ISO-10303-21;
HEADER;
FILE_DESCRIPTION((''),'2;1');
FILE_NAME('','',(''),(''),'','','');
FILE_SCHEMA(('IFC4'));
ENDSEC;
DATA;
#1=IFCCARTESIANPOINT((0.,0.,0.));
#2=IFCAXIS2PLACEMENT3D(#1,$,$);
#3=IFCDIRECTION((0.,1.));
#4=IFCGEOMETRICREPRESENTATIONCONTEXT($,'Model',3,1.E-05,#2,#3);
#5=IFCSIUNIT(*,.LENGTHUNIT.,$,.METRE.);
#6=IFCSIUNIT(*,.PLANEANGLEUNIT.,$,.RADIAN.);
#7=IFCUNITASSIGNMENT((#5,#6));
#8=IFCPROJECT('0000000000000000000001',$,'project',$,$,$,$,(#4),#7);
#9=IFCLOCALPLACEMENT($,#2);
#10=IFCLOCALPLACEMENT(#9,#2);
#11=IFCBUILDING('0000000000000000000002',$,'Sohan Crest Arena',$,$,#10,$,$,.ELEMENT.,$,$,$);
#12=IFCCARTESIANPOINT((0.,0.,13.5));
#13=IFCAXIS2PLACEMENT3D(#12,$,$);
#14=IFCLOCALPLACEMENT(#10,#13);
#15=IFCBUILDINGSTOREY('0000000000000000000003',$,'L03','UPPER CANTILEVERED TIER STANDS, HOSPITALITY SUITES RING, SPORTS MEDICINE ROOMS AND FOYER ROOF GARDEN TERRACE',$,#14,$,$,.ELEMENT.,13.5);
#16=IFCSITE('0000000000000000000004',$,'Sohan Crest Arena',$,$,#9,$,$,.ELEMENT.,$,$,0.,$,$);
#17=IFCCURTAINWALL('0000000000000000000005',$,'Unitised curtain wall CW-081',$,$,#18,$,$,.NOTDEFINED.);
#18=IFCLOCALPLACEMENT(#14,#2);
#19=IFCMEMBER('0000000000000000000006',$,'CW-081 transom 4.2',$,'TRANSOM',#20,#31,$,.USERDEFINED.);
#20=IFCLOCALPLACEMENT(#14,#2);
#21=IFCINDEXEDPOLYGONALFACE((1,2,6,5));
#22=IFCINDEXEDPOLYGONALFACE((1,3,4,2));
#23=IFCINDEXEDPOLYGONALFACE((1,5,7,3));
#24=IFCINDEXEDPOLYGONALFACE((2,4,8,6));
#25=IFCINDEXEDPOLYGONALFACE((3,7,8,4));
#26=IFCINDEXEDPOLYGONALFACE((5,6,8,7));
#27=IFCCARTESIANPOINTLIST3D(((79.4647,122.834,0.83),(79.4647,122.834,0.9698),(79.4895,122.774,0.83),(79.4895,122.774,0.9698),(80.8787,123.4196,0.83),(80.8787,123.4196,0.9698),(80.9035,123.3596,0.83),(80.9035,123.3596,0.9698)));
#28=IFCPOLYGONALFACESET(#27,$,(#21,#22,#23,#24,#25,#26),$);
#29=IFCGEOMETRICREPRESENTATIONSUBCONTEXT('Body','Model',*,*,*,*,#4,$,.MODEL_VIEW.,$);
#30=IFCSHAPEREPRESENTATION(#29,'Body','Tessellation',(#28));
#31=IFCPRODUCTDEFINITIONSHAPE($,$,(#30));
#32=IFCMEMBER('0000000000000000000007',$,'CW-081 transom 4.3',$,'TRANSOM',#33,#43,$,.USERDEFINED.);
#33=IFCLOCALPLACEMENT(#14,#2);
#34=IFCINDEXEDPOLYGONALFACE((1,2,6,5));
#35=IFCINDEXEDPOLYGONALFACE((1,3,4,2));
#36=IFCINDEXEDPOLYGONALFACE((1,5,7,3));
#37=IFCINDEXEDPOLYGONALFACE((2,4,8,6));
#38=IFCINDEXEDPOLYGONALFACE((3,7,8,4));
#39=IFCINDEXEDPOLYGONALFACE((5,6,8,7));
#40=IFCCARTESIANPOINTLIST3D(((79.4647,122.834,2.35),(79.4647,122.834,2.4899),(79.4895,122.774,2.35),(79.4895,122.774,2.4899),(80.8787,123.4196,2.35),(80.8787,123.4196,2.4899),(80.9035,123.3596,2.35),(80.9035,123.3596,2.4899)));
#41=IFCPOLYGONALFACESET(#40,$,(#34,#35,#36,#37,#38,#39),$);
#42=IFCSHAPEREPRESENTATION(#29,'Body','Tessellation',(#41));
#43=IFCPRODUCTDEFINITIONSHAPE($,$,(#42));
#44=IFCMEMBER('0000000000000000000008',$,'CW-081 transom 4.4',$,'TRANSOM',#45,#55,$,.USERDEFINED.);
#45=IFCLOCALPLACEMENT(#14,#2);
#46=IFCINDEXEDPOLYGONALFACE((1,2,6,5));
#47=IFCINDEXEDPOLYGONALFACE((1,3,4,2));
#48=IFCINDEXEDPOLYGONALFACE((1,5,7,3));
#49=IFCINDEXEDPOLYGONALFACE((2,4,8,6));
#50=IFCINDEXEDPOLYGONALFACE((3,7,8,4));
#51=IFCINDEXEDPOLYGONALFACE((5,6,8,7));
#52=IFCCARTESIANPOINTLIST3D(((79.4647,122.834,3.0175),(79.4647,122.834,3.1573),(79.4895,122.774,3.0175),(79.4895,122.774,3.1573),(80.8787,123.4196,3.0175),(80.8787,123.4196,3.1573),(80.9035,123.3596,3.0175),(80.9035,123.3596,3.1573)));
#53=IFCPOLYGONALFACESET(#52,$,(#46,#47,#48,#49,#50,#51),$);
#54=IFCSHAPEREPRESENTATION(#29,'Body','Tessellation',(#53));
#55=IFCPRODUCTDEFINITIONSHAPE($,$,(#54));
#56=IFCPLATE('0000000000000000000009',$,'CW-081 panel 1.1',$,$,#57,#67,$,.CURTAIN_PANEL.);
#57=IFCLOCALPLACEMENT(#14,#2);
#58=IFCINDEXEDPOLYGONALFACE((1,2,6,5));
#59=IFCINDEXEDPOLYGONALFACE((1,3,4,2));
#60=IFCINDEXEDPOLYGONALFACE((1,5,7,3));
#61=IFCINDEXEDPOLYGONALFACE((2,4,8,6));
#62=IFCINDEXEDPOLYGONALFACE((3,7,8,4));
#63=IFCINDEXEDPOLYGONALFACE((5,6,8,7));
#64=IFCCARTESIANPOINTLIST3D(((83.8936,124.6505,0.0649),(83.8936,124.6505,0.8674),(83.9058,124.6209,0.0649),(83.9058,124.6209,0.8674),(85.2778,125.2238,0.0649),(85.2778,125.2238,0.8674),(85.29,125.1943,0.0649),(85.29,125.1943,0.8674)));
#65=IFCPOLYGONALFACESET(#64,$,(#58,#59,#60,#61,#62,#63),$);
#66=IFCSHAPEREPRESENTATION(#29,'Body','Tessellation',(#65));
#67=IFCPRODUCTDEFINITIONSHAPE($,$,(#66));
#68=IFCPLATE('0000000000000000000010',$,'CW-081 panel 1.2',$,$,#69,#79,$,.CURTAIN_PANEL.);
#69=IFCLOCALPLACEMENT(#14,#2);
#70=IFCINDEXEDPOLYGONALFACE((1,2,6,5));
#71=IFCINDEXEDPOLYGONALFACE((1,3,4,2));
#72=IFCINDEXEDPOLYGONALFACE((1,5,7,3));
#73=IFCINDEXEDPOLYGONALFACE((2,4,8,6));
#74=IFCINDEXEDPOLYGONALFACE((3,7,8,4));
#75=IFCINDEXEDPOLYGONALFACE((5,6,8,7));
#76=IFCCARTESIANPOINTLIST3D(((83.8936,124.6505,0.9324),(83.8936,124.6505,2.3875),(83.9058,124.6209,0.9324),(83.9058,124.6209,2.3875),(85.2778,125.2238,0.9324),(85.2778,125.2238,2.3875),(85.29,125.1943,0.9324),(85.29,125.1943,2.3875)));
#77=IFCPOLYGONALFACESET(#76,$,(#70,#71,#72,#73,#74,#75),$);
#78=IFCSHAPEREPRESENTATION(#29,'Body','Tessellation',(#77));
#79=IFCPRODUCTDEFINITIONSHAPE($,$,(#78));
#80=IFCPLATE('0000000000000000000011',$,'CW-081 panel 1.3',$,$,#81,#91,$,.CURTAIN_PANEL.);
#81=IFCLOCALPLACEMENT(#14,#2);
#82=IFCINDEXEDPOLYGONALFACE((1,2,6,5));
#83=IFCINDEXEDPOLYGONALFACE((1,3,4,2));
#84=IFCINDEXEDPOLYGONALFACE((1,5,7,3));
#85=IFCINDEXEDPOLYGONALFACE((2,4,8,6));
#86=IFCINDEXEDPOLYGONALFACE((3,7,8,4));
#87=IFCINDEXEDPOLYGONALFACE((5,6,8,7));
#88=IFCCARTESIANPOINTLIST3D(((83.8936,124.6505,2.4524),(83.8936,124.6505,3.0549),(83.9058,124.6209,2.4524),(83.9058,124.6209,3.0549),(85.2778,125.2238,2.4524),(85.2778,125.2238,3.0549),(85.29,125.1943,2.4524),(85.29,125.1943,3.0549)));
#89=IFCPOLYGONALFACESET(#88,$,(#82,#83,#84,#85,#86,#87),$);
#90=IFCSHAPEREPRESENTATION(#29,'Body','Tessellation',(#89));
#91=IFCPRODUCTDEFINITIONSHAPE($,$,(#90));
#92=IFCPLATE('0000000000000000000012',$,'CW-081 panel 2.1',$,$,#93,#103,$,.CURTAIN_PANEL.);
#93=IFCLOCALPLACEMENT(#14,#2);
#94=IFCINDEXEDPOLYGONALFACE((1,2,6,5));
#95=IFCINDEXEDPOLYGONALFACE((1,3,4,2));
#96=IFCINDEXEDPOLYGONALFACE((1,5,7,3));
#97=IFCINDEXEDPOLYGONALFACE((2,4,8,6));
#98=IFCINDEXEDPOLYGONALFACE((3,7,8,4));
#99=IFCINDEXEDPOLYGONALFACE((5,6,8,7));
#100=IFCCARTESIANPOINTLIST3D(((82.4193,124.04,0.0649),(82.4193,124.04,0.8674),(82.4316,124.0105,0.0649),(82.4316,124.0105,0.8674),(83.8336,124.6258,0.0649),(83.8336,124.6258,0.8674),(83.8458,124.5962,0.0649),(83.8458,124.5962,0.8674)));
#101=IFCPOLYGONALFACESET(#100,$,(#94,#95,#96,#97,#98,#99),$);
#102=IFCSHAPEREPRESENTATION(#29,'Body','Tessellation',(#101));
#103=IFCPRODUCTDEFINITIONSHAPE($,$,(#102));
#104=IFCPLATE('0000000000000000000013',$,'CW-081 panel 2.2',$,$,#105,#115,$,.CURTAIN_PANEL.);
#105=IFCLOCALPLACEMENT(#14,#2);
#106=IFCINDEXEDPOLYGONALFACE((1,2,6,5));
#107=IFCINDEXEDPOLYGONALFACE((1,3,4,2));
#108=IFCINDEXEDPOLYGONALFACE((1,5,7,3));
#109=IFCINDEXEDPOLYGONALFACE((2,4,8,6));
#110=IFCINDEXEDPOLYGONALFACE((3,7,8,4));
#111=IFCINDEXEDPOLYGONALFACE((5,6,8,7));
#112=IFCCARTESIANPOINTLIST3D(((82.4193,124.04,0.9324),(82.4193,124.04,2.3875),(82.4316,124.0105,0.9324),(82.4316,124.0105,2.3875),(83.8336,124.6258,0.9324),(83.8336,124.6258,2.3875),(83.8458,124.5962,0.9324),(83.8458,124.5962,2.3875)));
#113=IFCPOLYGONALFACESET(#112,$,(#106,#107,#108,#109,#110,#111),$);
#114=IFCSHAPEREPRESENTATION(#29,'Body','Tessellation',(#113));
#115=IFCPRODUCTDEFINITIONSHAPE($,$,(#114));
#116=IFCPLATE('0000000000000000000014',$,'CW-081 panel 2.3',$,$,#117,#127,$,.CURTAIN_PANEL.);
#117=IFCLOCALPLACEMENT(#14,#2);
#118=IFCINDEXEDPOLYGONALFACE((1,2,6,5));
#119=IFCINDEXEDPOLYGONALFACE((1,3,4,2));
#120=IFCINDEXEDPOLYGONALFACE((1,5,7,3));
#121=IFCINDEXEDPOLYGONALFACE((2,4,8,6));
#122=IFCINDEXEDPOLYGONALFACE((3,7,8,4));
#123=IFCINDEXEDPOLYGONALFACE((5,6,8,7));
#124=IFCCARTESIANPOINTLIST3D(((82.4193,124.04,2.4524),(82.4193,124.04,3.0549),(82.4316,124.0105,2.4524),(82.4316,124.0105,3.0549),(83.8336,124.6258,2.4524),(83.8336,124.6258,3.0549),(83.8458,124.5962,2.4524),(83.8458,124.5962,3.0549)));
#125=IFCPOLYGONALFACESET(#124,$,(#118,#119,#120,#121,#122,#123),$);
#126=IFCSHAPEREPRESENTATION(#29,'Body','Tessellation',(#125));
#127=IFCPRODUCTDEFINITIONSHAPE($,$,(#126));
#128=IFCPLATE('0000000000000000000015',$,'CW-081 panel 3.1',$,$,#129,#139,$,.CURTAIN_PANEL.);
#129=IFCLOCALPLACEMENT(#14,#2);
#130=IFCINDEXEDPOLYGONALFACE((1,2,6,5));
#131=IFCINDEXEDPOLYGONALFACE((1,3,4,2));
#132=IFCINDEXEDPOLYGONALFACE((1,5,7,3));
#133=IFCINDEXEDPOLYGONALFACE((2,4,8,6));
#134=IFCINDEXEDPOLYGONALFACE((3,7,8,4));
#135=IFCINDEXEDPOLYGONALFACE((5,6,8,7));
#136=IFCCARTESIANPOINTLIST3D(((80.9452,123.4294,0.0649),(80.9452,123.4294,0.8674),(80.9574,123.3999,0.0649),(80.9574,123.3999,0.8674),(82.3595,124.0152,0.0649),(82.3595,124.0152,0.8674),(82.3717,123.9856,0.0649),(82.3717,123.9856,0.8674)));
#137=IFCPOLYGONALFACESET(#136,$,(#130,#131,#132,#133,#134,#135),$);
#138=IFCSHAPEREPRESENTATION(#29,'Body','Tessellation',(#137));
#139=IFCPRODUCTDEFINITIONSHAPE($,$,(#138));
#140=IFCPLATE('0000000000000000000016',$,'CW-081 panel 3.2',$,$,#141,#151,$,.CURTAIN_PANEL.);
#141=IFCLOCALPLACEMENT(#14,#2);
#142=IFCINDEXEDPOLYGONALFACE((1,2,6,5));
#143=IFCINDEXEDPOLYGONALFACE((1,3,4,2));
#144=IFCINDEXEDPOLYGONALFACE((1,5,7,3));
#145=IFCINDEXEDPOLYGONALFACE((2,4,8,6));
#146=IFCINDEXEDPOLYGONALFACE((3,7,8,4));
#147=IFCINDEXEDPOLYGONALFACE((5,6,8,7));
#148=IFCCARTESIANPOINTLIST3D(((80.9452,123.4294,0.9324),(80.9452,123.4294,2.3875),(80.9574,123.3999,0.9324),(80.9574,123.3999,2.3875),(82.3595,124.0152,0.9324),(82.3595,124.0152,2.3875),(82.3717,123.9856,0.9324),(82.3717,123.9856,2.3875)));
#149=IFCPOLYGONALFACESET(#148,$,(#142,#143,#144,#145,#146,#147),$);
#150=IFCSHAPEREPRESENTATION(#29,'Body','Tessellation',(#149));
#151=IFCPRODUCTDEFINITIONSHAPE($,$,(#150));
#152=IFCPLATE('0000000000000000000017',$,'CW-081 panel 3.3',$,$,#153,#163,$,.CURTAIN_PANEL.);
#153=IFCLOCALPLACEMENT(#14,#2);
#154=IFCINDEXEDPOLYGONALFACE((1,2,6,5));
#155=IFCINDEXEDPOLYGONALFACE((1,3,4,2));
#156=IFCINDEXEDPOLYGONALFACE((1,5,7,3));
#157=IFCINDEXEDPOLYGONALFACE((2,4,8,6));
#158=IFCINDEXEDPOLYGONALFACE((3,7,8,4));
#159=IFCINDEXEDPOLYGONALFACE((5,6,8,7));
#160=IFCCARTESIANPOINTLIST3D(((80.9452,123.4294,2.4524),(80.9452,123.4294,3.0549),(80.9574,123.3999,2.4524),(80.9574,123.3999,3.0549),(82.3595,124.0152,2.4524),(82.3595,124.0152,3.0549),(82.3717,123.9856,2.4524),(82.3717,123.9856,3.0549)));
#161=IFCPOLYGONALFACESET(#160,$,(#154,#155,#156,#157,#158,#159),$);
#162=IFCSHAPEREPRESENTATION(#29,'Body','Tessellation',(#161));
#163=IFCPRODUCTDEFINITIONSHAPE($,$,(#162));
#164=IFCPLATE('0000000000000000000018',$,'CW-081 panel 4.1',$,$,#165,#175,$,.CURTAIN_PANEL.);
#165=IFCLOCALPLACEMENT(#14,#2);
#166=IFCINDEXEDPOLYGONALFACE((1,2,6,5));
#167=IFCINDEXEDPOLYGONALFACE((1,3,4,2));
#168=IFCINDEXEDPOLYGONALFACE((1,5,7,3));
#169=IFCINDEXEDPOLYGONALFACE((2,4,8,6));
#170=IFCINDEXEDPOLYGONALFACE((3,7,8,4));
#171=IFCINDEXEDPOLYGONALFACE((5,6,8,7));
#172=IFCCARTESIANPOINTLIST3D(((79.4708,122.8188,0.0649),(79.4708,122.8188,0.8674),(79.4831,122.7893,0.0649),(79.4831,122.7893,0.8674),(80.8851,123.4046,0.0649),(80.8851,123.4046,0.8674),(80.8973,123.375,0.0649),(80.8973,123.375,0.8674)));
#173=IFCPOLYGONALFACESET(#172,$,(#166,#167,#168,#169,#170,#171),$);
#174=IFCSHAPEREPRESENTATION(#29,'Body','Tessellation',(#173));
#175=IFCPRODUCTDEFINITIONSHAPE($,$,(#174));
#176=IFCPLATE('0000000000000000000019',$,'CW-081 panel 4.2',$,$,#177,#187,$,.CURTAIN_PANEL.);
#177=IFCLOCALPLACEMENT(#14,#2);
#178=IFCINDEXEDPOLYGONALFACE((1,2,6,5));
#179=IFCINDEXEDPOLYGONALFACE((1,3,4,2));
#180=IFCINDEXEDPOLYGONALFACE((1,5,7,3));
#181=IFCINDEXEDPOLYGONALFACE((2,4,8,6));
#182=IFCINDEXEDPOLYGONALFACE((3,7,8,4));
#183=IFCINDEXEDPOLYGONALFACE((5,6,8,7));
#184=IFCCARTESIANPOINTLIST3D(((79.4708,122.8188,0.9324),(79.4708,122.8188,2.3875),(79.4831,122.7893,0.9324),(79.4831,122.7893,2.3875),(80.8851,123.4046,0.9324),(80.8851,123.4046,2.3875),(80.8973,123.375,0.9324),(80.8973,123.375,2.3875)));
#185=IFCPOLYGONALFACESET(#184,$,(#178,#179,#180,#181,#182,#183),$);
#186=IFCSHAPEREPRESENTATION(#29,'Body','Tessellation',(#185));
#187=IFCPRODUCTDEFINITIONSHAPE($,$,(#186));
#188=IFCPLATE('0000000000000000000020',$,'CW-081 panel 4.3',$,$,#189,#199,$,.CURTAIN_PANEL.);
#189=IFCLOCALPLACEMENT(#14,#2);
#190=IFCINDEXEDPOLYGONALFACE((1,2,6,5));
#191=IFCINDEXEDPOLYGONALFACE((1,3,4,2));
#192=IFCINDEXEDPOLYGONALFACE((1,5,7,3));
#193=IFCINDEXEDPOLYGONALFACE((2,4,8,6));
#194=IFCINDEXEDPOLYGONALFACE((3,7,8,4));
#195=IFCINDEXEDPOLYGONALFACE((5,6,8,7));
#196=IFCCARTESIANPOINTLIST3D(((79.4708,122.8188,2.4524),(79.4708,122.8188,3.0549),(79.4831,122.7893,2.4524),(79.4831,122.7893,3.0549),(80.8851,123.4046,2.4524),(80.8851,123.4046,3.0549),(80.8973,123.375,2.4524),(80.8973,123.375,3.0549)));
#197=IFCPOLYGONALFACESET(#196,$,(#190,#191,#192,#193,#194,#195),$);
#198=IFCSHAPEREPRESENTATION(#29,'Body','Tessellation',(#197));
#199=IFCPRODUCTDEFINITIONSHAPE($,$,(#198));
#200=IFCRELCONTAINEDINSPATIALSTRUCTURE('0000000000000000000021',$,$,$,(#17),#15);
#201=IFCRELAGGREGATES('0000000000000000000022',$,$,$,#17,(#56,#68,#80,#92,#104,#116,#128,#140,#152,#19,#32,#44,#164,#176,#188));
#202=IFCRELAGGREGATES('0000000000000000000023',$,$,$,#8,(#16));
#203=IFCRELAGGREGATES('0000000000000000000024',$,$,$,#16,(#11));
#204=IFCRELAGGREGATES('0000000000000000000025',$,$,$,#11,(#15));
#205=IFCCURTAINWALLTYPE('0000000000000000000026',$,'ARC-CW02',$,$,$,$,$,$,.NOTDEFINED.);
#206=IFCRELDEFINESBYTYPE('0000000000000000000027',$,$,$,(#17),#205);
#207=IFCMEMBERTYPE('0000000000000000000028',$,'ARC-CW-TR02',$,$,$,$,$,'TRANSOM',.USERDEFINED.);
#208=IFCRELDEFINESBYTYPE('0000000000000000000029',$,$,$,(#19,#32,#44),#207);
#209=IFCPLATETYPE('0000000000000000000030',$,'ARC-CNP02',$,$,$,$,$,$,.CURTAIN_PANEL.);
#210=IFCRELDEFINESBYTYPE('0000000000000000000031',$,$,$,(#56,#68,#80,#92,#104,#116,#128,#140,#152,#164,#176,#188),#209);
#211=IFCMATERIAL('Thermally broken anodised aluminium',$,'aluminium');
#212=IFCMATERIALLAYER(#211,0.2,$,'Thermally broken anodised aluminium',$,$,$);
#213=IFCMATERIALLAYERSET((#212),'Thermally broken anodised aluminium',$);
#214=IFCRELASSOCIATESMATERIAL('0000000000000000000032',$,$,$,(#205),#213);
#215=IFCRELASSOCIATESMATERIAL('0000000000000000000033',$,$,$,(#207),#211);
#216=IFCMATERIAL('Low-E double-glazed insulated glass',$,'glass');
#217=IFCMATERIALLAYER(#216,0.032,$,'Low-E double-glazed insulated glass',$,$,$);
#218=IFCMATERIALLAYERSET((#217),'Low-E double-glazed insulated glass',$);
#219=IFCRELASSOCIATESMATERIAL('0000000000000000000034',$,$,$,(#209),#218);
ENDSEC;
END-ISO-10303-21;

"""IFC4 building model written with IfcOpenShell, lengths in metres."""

from ifc_helpers import new_model, si_unit, direction, frame, origin, origin_2d, place, context, subcontext, project, spatial, rectangle, extrude, material, layer, layer_set, material_profile, profile_set, type_object, element, aggregate, save


model = new_model("IFC4")

# Units and contexts
model_context = context("Model", 3, precision=1e-05, world=origin(), true_north=direction((0.0, 1.0)))
body_context = subcontext(model_context, "Body", "Model", "MODEL_VIEW")
ifc_project = project(units=[si_unit("LENGTHUNIT", "METRE"), si_unit("PLANEANGLEUNIT", "RADIAN")], contexts=[model_context])

# Site, building, storey
site_placement = place(None, origin())
site = spatial("IfcSite", under=ifc_project, at=site_placement, Name="Sohan Crest Arena", CompositionType="ELEMENT", RefElevation=0.0)
building_placement = place(site_placement, origin())
building = spatial("IfcBuilding", under=site, at=building_placement, Name="Sohan Crest Arena", CompositionType="ELEMENT")
storey_placement = place(building_placement, frame((0.0, 0.0, 13.5)))
storey = spatial("IfcBuildingStorey", under=building, at=storey_placement, Name="L03", Description="UPPER CANTILEVERED TIER STANDS, HOSPITALITY SUITES RING, SPORTS MEDICINE ROOMS AND FOYER ROOF GARDEN TERRACE", CompositionType="ELEMENT", Elevation=13.5)

# Curtain wall, members, plates
ifc_material_1 = material(Name="Thermally broken anodised aluminium", Category="aluminium")
ifc_layer_1 = layer(ifc_material_1, 0.2, Name="Thermally broken anodised aluminium")
ifc_layer_set_1 = layer_set([ifc_layer_1], Name="Thermally broken anodised aluminium")
curtain_wall_type = type_object("IfcCurtainWallType", Name="ARC-CW02", PredefinedType="NOTDEFINED", material=ifc_layer_set_1)
curtain_wall_placement = place(storey_placement, origin())
curtain_wall = element("IfcCurtainWall", 1, at=curtain_wall_placement, inside=storey, type_object=curtain_wall_type, Name="Unitised curtain wall CW-081", PredefinedType="NOTDEFINED")
ifc_material_profile_1 = material_profile(ifc_material_1, rectangle(XDim=0.0649, YDim=0.1399, at=origin_2d()), Name="ALU-TRAN 65x140")
ifc_profile_set_1 = profile_set([ifc_material_profile_1], Name="Thermally broken anodised aluminium")
member_type_1 = type_object("IfcMemberType", Name="ARC-CW-TR02", ElementType="TRANSOM", PredefinedType="USERDEFINED", material=ifc_profile_set_1)
member_1_placement = place(storey_placement, frame((80.8911, 123.3896, 0.8999), z_axis=(-0.923887, -0.382666, 0.0), x_axis=(0.382666, -0.923887, 0.0)))
member_1 = element("IfcMember", 2, at=member_1_placement, type_object=member_type_1, Name="CW-081 transom 4.2", ObjectType="TRANSOM", PredefinedType="USERDEFINED", context=body_context, shape_type="SweptSolid", body=[
    extrude(rectangle(XDim=0.0649, YDim=0.1399, at=origin_2d()), origin(), (0.0, 0.0, 1.0), 1.5305),
])
member_2_placement = place(storey_placement, frame((80.8911, 123.3896, 2.4199), z_axis=(-0.923887, -0.382666, 0.0), x_axis=(0.382666, -0.923887, 0.0)))
member_2 = element("IfcMember", 3, at=member_2_placement, type_object=member_type_1, Name="CW-081 transom 4.3", ObjectType="TRANSOM", PredefinedType="USERDEFINED", context=body_context, shape_type="SweptSolid", body=[
    extrude(rectangle(XDim=0.0649, YDim=0.1399, at=origin_2d()), origin(), (0.0, 0.0, 1.0), 1.5305),
])
member_3_placement = place(storey_placement, frame((80.8911, 123.3896, 3.0874), z_axis=(-0.923887, -0.382666, 0.0), x_axis=(0.382666, -0.923887, 0.0)))
member_3 = element("IfcMember", 4, at=member_3_placement, type_object=member_type_1, Name="CW-081 transom 4.4", ObjectType="TRANSOM", PredefinedType="USERDEFINED", context=body_context, shape_type="SweptSolid", body=[
    extrude(rectangle(XDim=0.0649, YDim=0.1399, at=origin_2d()), origin(), (0.0, 0.0, 1.0), 1.5305),
])
ifc_material_2 = material(Name="Low-E double-glazed insulated glass", Category="glass")
ifc_layer_2 = layer(ifc_material_2, 0.032, Name="Low-E double-glazed insulated glass")
ifc_layer_set_2 = layer_set([ifc_layer_2], Name="Low-E double-glazed insulated glass")
plate_type = type_object("IfcPlateType", Name="ARC-CNP02", PredefinedType="CURTAIN_PANEL", material=ifc_layer_set_2)
plate_1_placement = place(storey_placement, frame((84.5918, 124.9224, 0.0649), z_axis=(0.0, 0.0, 1.0), x_axis=(-0.923886, -0.382668, 0.0)))
plate_1 = element("IfcPlate", 5, at=plate_1_placement, type_object=plate_type, Name="CW-081 panel 1.1", PredefinedType="CURTAIN_PANEL", context=body_context, shape_type="SweptSolid", body=[
    extrude(rectangle(XDim=1.4983, YDim=0.032, at=origin_2d()), origin(), (0.0, 0.0, 1.0), 0.8025),
])
plate_2_placement = place(storey_placement, frame((84.5918, 124.9224, 0.9324), z_axis=(0.0, 0.0, 1.0), x_axis=(-0.923886, -0.382668, 0.0)))
plate_2 = element("IfcPlate", 6, at=plate_2_placement, type_object=plate_type, Name="CW-081 panel 1.2", PredefinedType="CURTAIN_PANEL", context=body_context, shape_type="SweptSolid", body=[
    extrude(rectangle(XDim=1.4983, YDim=0.032, at=origin_2d()), origin(), (0.0, 0.0, 1.0), 1.4551),
])
plate_3_placement = place(storey_placement, frame((84.5918, 124.9224, 2.4524), z_axis=(0.0, 0.0, 1.0), x_axis=(-0.923886, -0.382668, 0.0)))
plate_3 = element("IfcPlate", 7, at=plate_3_placement, type_object=plate_type, Name="CW-081 panel 1.3", PredefinedType="CURTAIN_PANEL", context=body_context, shape_type="SweptSolid", body=[
    extrude(rectangle(XDim=1.4983, YDim=0.032, at=origin_2d()), origin(), (0.0, 0.0, 1.0), 0.6025),
])
plate_4_placement = place(storey_placement, frame((83.1326, 124.3181, 0.0649), z_axis=(0.0, 0.0, 1.0), x_axis=(-0.923886, -0.382668, 0.0)))
plate_4 = element("IfcPlate", 8, at=plate_4_placement, type_object=plate_type, Name="CW-081 panel 2.1", PredefinedType="CURTAIN_PANEL", context=body_context, shape_type="SweptSolid", body=[
    extrude(rectangle(XDim=1.5308, YDim=0.032, at=origin_2d()), origin(), (0.0, 0.0, 1.0), 0.8025),
])
plate_5_placement = place(storey_placement, frame((83.1326, 124.3181, 0.9324), z_axis=(0.0, 0.0, 1.0), x_axis=(-0.923886, -0.382668, 0.0)))
plate_5 = element("IfcPlate", 9, at=plate_5_placement, type_object=plate_type, Name="CW-081 panel 2.2", PredefinedType="CURTAIN_PANEL", context=body_context, shape_type="SweptSolid", body=[
    extrude(rectangle(XDim=1.5308, YDim=0.032, at=origin_2d()), origin(), (0.0, 0.0, 1.0), 1.4551),
])
plate_6_placement = place(storey_placement, frame((83.1326, 124.3181, 2.4524), z_axis=(0.0, 0.0, 1.0), x_axis=(-0.923886, -0.382668, 0.0)))
plate_6 = element("IfcPlate", 10, at=plate_6_placement, type_object=plate_type, Name="CW-081 panel 2.3", PredefinedType="CURTAIN_PANEL", context=body_context, shape_type="SweptSolid", body=[
    extrude(rectangle(XDim=1.5308, YDim=0.032, at=origin_2d()), origin(), (0.0, 0.0, 1.0), 0.6025),
])
plate_7_placement = place(storey_placement, frame((81.6584, 123.7075, 0.0649), z_axis=(0.0, 0.0, 1.0), x_axis=(-0.923886, -0.382668, 0.0)))
plate_7 = element("IfcPlate", 11, at=plate_7_placement, type_object=plate_type, Name="CW-081 panel 3.1", PredefinedType="CURTAIN_PANEL", context=body_context, shape_type="SweptSolid", body=[
    extrude(rectangle(XDim=1.5308, YDim=0.032, at=origin_2d()), origin(), (0.0, 0.0, 1.0), 0.8025),
])
plate_8_placement = place(storey_placement, frame((81.6584, 123.7075, 0.9324), z_axis=(0.0, 0.0, 1.0), x_axis=(-0.923886, -0.382668, 0.0)))
plate_8 = element("IfcPlate", 12, at=plate_8_placement, type_object=plate_type, Name="CW-081 panel 3.2", PredefinedType="CURTAIN_PANEL", context=body_context, shape_type="SweptSolid", body=[
    extrude(rectangle(XDim=1.5308, YDim=0.032, at=origin_2d()), origin(), (0.0, 0.0, 1.0), 1.4551),
])
plate_9_placement = place(storey_placement, frame((81.6584, 123.7075, 2.4524), z_axis=(0.0, 0.0, 1.0), x_axis=(-0.923886, -0.382668, 0.0)))
plate_9 = element("IfcPlate", 13, at=plate_9_placement, type_object=plate_type, Name="CW-081 panel 3.3", PredefinedType="CURTAIN_PANEL", context=body_context, shape_type="SweptSolid", body=[
    extrude(rectangle(XDim=1.5308, YDim=0.032, at=origin_2d()), origin(), (0.0, 0.0, 1.0), 0.6025),
])
plate_10_placement = place(storey_placement, frame((80.1841, 123.0969, 0.0649), z_axis=(0.0, 0.0, 1.0), x_axis=(-0.923886, -0.382668, 0.0)))
plate_10 = element("IfcPlate", 14, at=plate_10_placement, type_object=plate_type, Name="CW-081 panel 4.1", PredefinedType="CURTAIN_PANEL", context=body_context, shape_type="SweptSolid", body=[
    extrude(rectangle(XDim=1.5308, YDim=0.032, at=origin_2d()), origin(), (0.0, 0.0, 1.0), 0.8025),
])
plate_11_placement = place(storey_placement, frame((80.1841, 123.0969, 0.9324), z_axis=(0.0, 0.0, 1.0), x_axis=(-0.923886, -0.382668, 0.0)))
plate_11 = element("IfcPlate", 15, at=plate_11_placement, type_object=plate_type, Name="CW-081 panel 4.2", PredefinedType="CURTAIN_PANEL", context=body_context, shape_type="SweptSolid", body=[
    extrude(rectangle(XDim=1.5308, YDim=0.032, at=origin_2d()), origin(), (0.0, 0.0, 1.0), 1.4551),
])
plate_12_placement = place(storey_placement, frame((80.1841, 123.0969, 2.4524), z_axis=(0.0, 0.0, 1.0), x_axis=(-0.923886, -0.382668, 0.0)))
plate_12 = element("IfcPlate", 16, at=plate_12_placement, type_object=plate_type, Name="CW-081 panel 4.3", PredefinedType="CURTAIN_PANEL", context=body_context, shape_type="SweptSolid", body=[
    extrude(rectangle(XDim=1.5308, YDim=0.032, at=origin_2d()), origin(), (0.0, 0.0, 1.0), 0.6025),
])
aggregate(curtain_wall, [plate_1, plate_2, plate_3, plate_4, plate_5, plate_6, plate_7, plate_8, plate_9, member_1, member_2, member_3, plate_10, plate_11, plate_12])

save(model, "model.ifc")
